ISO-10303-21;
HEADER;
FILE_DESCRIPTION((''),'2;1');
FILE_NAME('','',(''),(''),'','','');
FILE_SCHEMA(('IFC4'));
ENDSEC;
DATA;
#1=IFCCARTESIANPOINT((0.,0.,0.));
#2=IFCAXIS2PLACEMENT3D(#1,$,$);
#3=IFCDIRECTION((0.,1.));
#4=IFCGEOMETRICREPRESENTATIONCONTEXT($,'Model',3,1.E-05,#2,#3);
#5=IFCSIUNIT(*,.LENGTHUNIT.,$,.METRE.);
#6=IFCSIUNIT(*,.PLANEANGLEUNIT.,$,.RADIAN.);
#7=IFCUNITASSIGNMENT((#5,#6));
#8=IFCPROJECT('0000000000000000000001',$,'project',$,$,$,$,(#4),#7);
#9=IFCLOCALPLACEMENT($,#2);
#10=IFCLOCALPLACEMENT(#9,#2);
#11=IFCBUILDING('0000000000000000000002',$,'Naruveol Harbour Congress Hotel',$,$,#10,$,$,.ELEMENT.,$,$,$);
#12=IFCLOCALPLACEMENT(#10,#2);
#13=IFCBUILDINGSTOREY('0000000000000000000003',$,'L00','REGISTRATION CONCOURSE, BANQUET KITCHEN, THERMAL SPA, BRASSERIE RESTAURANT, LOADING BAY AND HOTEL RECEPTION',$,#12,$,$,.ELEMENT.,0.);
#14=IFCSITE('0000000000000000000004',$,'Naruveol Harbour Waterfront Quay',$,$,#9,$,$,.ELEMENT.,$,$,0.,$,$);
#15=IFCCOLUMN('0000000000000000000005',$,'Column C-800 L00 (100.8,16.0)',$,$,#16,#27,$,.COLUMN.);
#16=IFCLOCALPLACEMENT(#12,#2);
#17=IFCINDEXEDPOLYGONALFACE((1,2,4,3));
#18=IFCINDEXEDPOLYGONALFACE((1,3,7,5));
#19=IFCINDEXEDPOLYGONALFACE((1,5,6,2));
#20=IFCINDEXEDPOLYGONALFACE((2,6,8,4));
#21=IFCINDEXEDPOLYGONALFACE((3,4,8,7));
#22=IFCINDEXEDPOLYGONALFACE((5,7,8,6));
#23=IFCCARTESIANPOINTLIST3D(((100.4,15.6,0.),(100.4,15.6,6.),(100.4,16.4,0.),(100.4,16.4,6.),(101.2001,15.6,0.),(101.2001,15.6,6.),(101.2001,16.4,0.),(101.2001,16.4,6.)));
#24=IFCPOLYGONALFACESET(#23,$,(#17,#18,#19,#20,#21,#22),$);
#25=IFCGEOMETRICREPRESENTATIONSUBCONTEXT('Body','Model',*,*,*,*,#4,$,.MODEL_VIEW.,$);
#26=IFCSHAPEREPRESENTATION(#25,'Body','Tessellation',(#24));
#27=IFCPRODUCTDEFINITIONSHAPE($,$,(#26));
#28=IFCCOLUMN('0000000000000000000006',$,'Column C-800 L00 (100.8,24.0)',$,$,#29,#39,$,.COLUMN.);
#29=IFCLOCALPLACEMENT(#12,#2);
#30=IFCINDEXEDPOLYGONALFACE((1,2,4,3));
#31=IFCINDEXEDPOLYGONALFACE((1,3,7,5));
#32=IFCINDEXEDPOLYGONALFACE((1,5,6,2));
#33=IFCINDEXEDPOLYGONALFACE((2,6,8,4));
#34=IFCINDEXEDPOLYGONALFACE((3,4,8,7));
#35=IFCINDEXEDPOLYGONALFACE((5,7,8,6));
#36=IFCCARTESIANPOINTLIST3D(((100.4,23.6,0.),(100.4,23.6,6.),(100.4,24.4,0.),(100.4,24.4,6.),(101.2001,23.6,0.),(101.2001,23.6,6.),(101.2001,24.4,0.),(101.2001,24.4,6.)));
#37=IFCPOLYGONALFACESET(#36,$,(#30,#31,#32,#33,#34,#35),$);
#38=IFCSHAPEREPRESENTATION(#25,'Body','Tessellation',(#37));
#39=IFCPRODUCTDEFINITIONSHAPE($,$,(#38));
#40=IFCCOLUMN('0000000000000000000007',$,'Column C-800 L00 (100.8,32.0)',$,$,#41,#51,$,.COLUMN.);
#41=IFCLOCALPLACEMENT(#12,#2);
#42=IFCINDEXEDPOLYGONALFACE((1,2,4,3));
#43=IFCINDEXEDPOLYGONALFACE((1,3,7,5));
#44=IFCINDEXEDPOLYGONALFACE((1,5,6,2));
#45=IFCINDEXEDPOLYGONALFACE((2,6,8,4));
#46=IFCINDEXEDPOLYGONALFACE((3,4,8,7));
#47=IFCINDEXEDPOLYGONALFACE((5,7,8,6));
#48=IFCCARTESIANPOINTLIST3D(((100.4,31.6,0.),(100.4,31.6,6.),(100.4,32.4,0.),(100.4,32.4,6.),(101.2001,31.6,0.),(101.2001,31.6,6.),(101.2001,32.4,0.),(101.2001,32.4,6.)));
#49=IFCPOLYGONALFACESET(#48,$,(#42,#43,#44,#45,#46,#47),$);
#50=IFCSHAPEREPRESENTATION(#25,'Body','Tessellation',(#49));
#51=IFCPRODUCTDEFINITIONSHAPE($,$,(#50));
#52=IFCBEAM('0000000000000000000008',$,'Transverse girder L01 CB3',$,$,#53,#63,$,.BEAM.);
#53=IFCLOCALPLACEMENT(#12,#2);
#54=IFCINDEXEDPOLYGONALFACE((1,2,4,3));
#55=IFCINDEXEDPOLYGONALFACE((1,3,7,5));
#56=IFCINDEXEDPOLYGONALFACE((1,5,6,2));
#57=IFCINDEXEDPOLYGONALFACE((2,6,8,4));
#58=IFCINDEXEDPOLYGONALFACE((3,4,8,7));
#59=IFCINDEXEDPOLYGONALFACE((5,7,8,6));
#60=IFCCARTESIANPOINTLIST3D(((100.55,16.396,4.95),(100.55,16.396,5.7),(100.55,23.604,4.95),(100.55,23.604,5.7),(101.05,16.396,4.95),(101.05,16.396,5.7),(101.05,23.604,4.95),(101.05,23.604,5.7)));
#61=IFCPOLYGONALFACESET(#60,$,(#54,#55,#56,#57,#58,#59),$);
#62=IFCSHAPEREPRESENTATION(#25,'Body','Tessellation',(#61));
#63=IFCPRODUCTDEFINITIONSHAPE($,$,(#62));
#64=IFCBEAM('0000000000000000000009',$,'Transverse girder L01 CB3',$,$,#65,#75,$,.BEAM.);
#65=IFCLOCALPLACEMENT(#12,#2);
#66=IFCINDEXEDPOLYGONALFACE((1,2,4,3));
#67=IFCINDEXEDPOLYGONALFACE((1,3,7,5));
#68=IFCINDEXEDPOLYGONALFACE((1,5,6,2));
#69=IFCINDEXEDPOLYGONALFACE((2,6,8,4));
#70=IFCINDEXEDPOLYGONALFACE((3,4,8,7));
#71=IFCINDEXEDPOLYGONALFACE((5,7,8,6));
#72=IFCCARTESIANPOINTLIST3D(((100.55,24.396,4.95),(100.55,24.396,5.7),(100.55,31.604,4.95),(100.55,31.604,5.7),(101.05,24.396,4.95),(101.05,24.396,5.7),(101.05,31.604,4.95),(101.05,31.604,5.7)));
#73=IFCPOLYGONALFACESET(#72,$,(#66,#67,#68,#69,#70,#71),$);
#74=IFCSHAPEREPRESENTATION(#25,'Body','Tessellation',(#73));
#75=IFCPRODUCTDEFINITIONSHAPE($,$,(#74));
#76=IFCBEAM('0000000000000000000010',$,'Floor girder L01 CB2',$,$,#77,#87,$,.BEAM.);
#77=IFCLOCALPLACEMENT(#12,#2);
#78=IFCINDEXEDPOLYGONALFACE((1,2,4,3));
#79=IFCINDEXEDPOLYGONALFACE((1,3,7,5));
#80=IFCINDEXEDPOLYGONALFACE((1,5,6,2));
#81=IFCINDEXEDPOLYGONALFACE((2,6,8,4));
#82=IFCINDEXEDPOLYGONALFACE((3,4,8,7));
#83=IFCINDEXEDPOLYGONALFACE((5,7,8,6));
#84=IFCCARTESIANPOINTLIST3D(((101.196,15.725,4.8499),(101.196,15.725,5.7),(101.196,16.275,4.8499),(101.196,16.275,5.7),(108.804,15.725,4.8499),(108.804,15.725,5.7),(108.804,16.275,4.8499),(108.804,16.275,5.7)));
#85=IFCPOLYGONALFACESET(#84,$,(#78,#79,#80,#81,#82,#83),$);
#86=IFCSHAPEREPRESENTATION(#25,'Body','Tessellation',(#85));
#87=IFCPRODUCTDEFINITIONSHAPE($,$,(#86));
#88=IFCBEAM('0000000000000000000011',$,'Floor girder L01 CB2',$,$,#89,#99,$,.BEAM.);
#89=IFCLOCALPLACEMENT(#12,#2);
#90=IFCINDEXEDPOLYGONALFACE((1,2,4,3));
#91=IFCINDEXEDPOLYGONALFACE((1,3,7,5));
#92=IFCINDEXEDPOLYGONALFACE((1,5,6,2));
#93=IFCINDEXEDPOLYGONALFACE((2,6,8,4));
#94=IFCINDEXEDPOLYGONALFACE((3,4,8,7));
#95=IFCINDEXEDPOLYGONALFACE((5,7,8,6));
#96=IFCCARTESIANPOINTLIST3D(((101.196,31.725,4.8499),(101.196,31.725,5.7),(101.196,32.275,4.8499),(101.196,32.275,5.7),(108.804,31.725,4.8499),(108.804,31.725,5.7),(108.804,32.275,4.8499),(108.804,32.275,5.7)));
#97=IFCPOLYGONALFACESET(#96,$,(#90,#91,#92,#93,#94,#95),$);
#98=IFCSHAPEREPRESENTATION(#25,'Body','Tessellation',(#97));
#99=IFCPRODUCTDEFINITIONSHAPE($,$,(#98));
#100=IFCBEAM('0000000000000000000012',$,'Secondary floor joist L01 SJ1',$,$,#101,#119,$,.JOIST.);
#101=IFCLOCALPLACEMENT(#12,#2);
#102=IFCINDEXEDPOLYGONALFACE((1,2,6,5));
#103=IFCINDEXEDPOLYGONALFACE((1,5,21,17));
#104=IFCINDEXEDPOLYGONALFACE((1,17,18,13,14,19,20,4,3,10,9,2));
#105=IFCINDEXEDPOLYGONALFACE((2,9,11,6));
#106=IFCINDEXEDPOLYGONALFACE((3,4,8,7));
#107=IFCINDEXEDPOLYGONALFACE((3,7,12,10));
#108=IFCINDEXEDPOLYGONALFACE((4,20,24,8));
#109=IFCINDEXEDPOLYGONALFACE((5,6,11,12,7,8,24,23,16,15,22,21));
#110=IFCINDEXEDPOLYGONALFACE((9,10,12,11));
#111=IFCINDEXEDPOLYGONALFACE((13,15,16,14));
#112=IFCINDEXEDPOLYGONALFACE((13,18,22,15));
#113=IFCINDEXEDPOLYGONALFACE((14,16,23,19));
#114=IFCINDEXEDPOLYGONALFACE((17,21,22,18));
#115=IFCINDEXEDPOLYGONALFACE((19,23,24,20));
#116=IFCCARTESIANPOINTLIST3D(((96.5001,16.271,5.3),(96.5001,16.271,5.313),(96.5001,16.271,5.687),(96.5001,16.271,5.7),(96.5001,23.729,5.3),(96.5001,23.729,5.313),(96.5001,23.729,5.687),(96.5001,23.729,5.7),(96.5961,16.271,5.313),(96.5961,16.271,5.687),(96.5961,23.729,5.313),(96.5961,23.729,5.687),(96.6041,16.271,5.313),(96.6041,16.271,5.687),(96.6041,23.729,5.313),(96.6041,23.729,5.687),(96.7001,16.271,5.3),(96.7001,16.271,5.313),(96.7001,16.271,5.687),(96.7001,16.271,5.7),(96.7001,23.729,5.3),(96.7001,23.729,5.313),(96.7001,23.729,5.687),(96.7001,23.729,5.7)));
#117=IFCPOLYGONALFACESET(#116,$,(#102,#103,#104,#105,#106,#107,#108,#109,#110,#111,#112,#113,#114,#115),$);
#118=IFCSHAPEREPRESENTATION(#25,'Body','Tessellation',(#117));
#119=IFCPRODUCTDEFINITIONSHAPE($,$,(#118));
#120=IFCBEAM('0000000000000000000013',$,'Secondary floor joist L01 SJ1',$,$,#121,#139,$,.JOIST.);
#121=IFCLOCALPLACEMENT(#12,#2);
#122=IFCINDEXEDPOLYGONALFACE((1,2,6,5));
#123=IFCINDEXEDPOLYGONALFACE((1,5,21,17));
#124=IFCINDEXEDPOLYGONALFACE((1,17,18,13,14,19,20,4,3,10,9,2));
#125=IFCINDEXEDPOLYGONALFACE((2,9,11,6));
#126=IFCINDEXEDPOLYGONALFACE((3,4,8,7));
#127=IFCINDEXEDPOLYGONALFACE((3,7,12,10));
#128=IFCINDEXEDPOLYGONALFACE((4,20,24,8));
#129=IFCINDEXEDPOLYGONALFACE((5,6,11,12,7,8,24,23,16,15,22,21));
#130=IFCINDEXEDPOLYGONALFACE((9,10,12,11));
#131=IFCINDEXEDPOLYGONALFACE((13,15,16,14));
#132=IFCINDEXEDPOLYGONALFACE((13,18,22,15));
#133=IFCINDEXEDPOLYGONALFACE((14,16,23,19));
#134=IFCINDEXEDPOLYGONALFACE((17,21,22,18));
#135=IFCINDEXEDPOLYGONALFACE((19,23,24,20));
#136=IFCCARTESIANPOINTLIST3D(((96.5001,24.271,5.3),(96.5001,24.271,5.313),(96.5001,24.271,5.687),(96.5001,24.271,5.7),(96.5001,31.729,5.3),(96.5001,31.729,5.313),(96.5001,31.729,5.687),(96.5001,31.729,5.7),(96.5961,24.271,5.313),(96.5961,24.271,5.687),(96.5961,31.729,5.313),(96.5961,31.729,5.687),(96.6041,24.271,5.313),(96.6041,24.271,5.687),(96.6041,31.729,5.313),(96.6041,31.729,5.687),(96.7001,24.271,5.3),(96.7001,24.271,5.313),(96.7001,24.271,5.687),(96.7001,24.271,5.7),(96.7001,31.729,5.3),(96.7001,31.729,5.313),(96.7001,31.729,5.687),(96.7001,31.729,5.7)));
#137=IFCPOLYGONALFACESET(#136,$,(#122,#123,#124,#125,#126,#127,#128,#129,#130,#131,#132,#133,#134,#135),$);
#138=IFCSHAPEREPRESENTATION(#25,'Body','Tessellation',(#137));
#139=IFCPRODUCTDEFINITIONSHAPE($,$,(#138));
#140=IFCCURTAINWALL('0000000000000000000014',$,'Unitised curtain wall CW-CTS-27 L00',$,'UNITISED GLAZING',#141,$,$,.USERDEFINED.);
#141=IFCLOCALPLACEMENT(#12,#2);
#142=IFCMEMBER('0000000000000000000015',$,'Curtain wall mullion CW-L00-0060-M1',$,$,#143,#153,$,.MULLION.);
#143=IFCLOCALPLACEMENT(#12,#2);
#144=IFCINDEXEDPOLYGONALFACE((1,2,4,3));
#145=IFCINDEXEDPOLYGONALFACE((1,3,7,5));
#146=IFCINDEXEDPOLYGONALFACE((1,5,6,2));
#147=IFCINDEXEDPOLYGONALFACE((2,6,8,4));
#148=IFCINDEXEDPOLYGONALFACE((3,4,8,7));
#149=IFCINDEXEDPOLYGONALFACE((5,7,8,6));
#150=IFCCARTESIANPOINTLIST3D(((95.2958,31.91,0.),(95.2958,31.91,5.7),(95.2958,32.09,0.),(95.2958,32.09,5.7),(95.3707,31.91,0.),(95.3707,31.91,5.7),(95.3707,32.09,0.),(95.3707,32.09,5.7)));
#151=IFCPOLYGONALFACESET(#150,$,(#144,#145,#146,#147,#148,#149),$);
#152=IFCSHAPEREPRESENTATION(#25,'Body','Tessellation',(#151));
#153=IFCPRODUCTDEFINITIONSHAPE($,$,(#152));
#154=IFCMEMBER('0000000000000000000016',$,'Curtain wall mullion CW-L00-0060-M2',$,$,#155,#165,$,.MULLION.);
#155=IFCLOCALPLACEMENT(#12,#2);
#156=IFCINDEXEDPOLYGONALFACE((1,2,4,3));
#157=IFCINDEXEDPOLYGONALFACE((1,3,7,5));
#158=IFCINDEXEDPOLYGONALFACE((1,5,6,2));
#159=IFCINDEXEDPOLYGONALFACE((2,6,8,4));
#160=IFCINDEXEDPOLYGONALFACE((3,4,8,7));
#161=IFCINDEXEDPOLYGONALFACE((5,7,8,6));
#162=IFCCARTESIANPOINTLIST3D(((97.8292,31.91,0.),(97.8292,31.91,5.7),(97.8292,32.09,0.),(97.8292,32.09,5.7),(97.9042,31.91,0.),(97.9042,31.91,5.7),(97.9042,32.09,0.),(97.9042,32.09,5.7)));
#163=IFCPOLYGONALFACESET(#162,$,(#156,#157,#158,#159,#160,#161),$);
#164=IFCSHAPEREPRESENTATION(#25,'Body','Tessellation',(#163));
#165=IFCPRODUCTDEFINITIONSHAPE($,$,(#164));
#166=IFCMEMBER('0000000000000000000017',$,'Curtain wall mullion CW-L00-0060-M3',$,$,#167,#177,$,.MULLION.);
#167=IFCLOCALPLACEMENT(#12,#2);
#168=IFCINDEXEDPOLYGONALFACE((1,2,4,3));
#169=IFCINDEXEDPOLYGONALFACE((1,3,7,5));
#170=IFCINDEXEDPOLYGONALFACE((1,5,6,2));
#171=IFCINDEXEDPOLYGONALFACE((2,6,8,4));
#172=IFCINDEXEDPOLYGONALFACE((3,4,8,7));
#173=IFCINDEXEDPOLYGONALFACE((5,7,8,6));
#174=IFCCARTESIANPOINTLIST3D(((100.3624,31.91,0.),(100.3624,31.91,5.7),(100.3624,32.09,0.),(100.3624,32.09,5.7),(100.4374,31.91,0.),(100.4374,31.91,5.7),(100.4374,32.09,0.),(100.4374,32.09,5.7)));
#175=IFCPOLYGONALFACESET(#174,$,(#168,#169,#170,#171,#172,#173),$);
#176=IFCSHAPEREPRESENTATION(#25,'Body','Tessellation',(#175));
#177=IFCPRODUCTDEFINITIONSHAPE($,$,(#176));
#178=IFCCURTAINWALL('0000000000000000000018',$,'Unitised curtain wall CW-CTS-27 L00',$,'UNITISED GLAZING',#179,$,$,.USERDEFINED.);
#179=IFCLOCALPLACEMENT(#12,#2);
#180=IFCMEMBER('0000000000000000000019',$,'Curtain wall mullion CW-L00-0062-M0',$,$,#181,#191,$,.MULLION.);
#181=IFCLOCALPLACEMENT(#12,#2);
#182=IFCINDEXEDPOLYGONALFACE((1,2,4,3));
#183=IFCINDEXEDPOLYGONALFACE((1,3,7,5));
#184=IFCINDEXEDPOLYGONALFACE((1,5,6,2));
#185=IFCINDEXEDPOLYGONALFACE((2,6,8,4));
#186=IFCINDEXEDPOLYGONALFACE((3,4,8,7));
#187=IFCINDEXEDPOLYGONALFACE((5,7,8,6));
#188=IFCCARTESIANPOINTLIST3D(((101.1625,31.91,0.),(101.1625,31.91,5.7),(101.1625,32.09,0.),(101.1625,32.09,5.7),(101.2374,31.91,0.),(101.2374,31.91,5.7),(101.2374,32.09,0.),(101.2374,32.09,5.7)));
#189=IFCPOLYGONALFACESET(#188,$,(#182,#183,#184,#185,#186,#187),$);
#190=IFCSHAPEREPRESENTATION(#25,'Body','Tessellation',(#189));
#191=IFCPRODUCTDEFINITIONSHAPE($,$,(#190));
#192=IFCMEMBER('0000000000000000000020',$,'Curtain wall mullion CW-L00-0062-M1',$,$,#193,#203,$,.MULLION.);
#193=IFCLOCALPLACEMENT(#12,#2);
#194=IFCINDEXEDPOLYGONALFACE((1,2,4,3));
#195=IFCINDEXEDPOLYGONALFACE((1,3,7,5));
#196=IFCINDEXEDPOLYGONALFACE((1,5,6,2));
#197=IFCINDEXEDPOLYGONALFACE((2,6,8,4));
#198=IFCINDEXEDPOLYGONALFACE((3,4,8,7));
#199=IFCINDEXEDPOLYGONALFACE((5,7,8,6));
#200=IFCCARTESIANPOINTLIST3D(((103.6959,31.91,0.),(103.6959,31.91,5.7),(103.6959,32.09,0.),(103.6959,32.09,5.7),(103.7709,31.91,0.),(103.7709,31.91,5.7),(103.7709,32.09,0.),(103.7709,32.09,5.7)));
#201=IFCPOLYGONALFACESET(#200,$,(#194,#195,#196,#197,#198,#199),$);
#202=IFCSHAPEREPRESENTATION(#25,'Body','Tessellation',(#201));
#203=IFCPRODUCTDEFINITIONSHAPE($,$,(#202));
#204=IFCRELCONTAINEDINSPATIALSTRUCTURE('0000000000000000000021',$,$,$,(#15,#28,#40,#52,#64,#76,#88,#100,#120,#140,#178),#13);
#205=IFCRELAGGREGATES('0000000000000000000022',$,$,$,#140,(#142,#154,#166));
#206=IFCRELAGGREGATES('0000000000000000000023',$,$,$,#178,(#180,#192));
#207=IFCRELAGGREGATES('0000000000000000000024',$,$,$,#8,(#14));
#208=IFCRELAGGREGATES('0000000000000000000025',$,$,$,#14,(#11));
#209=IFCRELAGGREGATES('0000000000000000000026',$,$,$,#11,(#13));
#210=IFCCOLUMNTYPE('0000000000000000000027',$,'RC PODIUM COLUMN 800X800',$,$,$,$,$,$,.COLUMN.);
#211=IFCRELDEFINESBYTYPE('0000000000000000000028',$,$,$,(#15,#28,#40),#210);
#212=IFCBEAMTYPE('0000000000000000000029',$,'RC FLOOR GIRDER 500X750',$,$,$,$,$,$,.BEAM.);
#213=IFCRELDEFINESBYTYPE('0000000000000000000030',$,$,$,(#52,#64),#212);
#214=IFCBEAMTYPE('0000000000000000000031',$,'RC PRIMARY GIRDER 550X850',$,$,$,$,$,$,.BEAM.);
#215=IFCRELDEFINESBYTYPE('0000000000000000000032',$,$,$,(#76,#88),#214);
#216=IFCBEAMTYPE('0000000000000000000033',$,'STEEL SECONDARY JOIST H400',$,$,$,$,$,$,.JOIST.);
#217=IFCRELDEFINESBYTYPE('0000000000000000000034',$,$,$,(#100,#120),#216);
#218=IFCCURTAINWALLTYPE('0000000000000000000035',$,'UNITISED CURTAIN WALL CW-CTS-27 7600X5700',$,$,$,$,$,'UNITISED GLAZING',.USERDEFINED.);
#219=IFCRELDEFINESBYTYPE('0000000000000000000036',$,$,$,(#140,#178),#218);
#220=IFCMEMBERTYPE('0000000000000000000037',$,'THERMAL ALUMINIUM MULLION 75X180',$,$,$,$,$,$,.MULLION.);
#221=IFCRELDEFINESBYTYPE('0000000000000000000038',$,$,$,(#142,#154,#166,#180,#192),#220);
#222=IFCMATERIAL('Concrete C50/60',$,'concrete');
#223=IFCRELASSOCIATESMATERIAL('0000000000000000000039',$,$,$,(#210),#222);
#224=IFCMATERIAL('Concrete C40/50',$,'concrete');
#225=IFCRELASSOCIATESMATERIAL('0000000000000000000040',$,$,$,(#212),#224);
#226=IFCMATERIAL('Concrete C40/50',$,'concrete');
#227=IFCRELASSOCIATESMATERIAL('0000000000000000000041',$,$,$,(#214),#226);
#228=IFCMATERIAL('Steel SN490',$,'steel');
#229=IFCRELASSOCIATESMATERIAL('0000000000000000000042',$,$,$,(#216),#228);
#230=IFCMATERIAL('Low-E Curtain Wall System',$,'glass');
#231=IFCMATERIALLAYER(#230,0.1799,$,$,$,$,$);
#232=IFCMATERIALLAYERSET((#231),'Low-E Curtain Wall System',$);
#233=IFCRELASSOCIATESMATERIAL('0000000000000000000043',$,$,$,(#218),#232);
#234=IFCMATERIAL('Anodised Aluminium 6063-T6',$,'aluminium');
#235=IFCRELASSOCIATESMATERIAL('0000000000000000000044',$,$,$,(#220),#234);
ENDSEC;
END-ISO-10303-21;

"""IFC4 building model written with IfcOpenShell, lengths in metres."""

from ifc_helpers import new_model, si_unit, direction, frame, origin, origin_2d, place, context, subcontext, project, spatial, rectangle, i_section, extrude, material, layer, layer_set, material_profile, profile_set, type_object, element, aggregate, save


model = new_model("IFC4")

# Units and contexts
model_context = context("Model", 3, precision=1e-05, world=origin(), true_north=direction((0.0, 1.0)))
body_context = subcontext(model_context, "Body", "Model", "MODEL_VIEW")
ifc_project = project(units=[si_unit("LENGTHUNIT", "METRE"), si_unit("PLANEANGLEUNIT", "RADIAN")], contexts=[model_context])

# Site, building, storey
site_placement = place(None, origin())
site = spatial("IfcSite", under=ifc_project, at=site_placement, Name="Naruveol Harbour Waterfront Quay", CompositionType="ELEMENT", RefElevation=0.0)
building_placement = place(site_placement, origin())
building = spatial("IfcBuilding", under=site, at=building_placement, Name="Naruveol Harbour Congress Hotel", CompositionType="ELEMENT")
storey_placement = place(building_placement, origin())
storey = spatial("IfcBuildingStorey", under=building, at=storey_placement, Name="L00", Description="REGISTRATION CONCOURSE, BANQUET KITCHEN, THERMAL SPA, BRASSERIE RESTAURANT, LOADING BAY AND HOTEL RECEPTION", CompositionType="ELEMENT", Elevation=0.0)

# Columns
ifc_material_1 = material(Name="Concrete C50/60", Category="concrete")
ifc_material_profile_1 = material_profile(ifc_material_1, rectangle(XDim=0.8, YDim=0.8, at=origin_2d()), Name="RC-800x800")
ifc_profile_set_1 = profile_set([ifc_material_profile_1], Name="Concrete C50/60")
column_type = type_object("IfcColumnType", Name="RC PODIUM COLUMN 800X800", PredefinedType="COLUMN", material=ifc_profile_set_1)
for number, where, z_axis, x_axis, name in (
    (1, (100.8, 16.0, 0.0), (0.0, 0.0, 1.0), (1.0, 0.0, 0.0), "Column C-800 L00 (100.8,16.0)"),
    (2, (100.8, 24.0, 0.0), (0.0, 0.0, 1.0), (1.0, 0.0, 0.0), "Column C-800 L00 (100.8,24.0)"),
    (3, (100.8, 32.0, 0.0), (0.0, 0.0, 1.0), (1.0, 0.0, 0.0), "Column C-800 L00 (100.8,32.0)"),
):
    element("IfcColumn", number, at=place(storey_placement, frame(where, z_axis=z_axis, x_axis=x_axis)), inside=storey, type_object=column_type, Name=name, PredefinedType="COLUMN", context=body_context, shape_type="SweptSolid", body=[
        extrude(rectangle(XDim=0.8, YDim=0.8, at=origin_2d()), origin(), (0.0, 0.0, 1.0), 6.0),
    ])

# Beams
ifc_material_2 = material(Name="Concrete C40/50", Category="concrete")
ifc_material_profile_2 = material_profile(ifc_material_2, rectangle(XDim=0.5, YDim=0.75, at=origin_2d()), Name="RCB-500x750")
ifc_profile_set_2 = profile_set([ifc_material_profile_2], Name="Concrete C40/50")
beam_type_1 = type_object("IfcBeamType", Name="RC FLOOR GIRDER 500X750", PredefinedType="BEAM", material=ifc_profile_set_2)
for number, where, z_axis, x_axis, name in (
    (4, (100.8, 16.396, 5.325), (0.0, 1.0, 0.0), (-1.0, 0.0, 0.0), "Transverse girder L01 CB3"),
    (5, (100.8, 24.396, 5.325), (0.0, 1.0, 0.0), (-1.0, 0.0, 0.0), "Transverse girder L01 CB3"),
):
    element("IfcBeam", number, at=place(storey_placement, frame(where, z_axis=z_axis, x_axis=x_axis)), inside=storey, type_object=beam_type_1, Name=name, PredefinedType="BEAM", context=body_context, shape_type="SweptSolid", body=[
        extrude(rectangle(XDim=0.5, YDim=0.75, at=origin_2d()), origin(), (0.0, 0.0, 1.0), 7.208),
    ])
ifc_material_3 = material(Name="Concrete C40/50", Category="concrete")
ifc_material_profile_3 = material_profile(ifc_material_3, rectangle(XDim=0.55, YDim=0.8501, at=origin_2d()), Name="RCB-550x850")
ifc_profile_set_3 = profile_set([ifc_material_profile_3], Name="Concrete C40/50")
beam_type_2 = type_object("IfcBeamType", Name="RC PRIMARY GIRDER 550X850", PredefinedType="BEAM", material=ifc_profile_set_3)
for number, where, z_axis, x_axis, name in (
    (6, (101.196, 16.0, 5.2749), (1.0, 0.0, 0.0), (0.0, 1.0, 0.0), "Floor girder L01 CB2"),
    (7, (101.196, 32.0, 5.2749), (1.0, 0.0, 0.0), (0.0, 1.0, 0.0), "Floor girder L01 CB2"),
):
    element("IfcBeam", number, at=place(storey_placement, frame(where, z_axis=z_axis, x_axis=x_axis)), inside=storey, type_object=beam_type_2, Name=name, PredefinedType="BEAM", context=body_context, shape_type="SweptSolid", body=[
        extrude(rectangle(XDim=0.55, YDim=0.8501, at=origin_2d()), origin(), (0.0, 0.0, 1.0), 7.6079),
    ])
ifc_material_4 = material(Name="Steel SN490", Category="steel")
ifc_material_profile_4 = material_profile(ifc_material_4, i_section(OverallWidth=0.2, OverallDepth=0.3999, WebThickness=0.0081, FlangeThickness=0.0129, at=origin_2d()), Name="H-400x200x8x13")
ifc_profile_set_4 = profile_set([ifc_material_profile_4], Name="Steel SN490")
beam_type_3 = type_object("IfcBeamType", Name="STEEL SECONDARY JOIST H400", PredefinedType="JOIST", material=ifc_profile_set_4)
for number, where, z_axis, x_axis, name in (
    (8, (96.6001, 16.271, 5.5), (0.0, 1.0, 0.0), (-1.0, 0.0, 0.0), "Secondary floor joist L01 SJ1"),
    (9, (96.6001, 24.271, 5.5), (0.0, 1.0, 0.0), (-1.0, 0.0, 0.0), "Secondary floor joist L01 SJ1"),
):
    element("IfcBeam", number, at=place(storey_placement, frame(where, z_axis=z_axis, x_axis=x_axis)), inside=storey, type_object=beam_type_3, Name=name, PredefinedType="JOIST", context=body_context, shape_type="SweptSolid", body=[
        extrude(i_section(OverallWidth=0.2, OverallDepth=0.3999, WebThickness=0.0081, FlangeThickness=0.0129, at=origin_2d()), origin(), (0.0, 0.0, 1.0), 7.458),
    ])

# Curtain walls, members
ifc_material_5 = material(Name="Low-E Curtain Wall System", Category="glass")
ifc_layer_1 = layer(ifc_material_5, 0.1799)
ifc_layer_set_1 = layer_set([ifc_layer_1], Name="Low-E Curtain Wall System")
curtain_wall_type = type_object("IfcCurtainWallType", Name="UNITISED CURTAIN WALL CW-CTS-27 7600X5700", ElementType="UNITISED GLAZING", PredefinedType="USERDEFINED", material=ifc_layer_set_1)
curtain_wall_1_placement = place(storey_placement, origin())
curtain_wall_1 = element("IfcCurtainWall", 10, at=curtain_wall_1_placement, inside=storey, type_object=curtain_wall_type, Name="Unitised curtain wall CW-CTS-27 L00", ObjectType="UNITISED GLAZING", PredefinedType="USERDEFINED")
ifc_material_6 = material(Name="Anodised Aluminium 6063-T6", Category="aluminium")
ifc_material_profile_5 = material_profile(ifc_material_6, rectangle(XDim=0.075, YDim=0.1799, at=origin_2d()), Name="ALU-75x180")
ifc_profile_set_5 = profile_set([ifc_material_profile_5], Name="Anodised Aluminium 6063-T6")
member_type_1 = type_object("IfcMemberType", Name="THERMAL ALUMINIUM MULLION 75X180", PredefinedType="MULLION", material=ifc_profile_set_5)
member_1_placement = place(storey_placement, frame((95.3333, 32.0, 0.0), z_axis=(0.0, 0.0, 1.0), x_axis=(1.0, 0.0, 0.0)))
member_1 = element("IfcMember", 11, at=member_1_placement, type_object=member_type_1, Name="Curtain wall mullion CW-L00-0060-M1", PredefinedType="MULLION", context=body_context, shape_type="SweptSolid", body=[
    extrude(rectangle(XDim=0.075, YDim=0.1799, at=origin_2d()), origin(), (0.0, 0.0, 1.0), 5.7),
])
member_2_placement = place(storey_placement, frame((97.8667, 32.0, 0.0), z_axis=(0.0, 0.0, 1.0), x_axis=(1.0, 0.0, 0.0)))
member_2 = element("IfcMember", 12, at=member_2_placement, type_object=member_type_1, Name="Curtain wall mullion CW-L00-0060-M2", PredefinedType="MULLION", context=body_context, shape_type="SweptSolid", body=[
    extrude(rectangle(XDim=0.075, YDim=0.1799, at=origin_2d()), origin(), (0.0, 0.0, 1.0), 5.7),
])
member_3_placement = place(storey_placement, frame((100.3999, 32.0, 0.0), z_axis=(0.0, 0.0, 1.0), x_axis=(1.0, 0.0, 0.0)))
member_3 = element("IfcMember", 13, at=member_3_placement, type_object=member_type_1, Name="Curtain wall mullion CW-L00-0060-M3", PredefinedType="MULLION", context=body_context, shape_type="SweptSolid", body=[
    extrude(rectangle(XDim=0.075, YDim=0.1799, at=origin_2d()), origin(), (0.0, 0.0, 1.0), 5.7),
])
curtain_wall_2_placement = place(storey_placement, origin())
curtain_wall_2 = element("IfcCurtainWall", 14, at=curtain_wall_2_placement, inside=storey, type_object=curtain_wall_type, Name="Unitised curtain wall CW-CTS-27 L00", ObjectType="UNITISED GLAZING", PredefinedType="USERDEFINED")
member_4_placement = place(storey_placement, frame((101.2, 32.0, 0.0), z_axis=(0.0, 0.0, 1.0), x_axis=(1.0, 0.0, 0.0)))
member_4 = element("IfcMember", 15, at=member_4_placement, type_object=member_type_1, Name="Curtain wall mullion CW-L00-0062-M0", PredefinedType="MULLION", context=body_context, shape_type="SweptSolid", body=[
    extrude(rectangle(XDim=0.075, YDim=0.1799, at=origin_2d()), origin(), (0.0, 0.0, 1.0), 5.7),
])
member_5_placement = place(storey_placement, frame((103.7334, 32.0, 0.0), z_axis=(0.0, 0.0, 1.0), x_axis=(1.0, 0.0, 0.0)))
member_5 = element("IfcMember", 16, at=member_5_placement, type_object=member_type_1, Name="Curtain wall mullion CW-L00-0062-M1", PredefinedType="MULLION", context=body_context, shape_type="SweptSolid", body=[
    extrude(rectangle(XDim=0.075, YDim=0.1799, at=origin_2d()), origin(), (0.0, 0.0, 1.0), 5.7),
])

aggregate(curtain_wall_1, [member_1, member_2, member_3])
aggregate(curtain_wall_2, [member_4, member_5])

save(model, "model.ifc")
